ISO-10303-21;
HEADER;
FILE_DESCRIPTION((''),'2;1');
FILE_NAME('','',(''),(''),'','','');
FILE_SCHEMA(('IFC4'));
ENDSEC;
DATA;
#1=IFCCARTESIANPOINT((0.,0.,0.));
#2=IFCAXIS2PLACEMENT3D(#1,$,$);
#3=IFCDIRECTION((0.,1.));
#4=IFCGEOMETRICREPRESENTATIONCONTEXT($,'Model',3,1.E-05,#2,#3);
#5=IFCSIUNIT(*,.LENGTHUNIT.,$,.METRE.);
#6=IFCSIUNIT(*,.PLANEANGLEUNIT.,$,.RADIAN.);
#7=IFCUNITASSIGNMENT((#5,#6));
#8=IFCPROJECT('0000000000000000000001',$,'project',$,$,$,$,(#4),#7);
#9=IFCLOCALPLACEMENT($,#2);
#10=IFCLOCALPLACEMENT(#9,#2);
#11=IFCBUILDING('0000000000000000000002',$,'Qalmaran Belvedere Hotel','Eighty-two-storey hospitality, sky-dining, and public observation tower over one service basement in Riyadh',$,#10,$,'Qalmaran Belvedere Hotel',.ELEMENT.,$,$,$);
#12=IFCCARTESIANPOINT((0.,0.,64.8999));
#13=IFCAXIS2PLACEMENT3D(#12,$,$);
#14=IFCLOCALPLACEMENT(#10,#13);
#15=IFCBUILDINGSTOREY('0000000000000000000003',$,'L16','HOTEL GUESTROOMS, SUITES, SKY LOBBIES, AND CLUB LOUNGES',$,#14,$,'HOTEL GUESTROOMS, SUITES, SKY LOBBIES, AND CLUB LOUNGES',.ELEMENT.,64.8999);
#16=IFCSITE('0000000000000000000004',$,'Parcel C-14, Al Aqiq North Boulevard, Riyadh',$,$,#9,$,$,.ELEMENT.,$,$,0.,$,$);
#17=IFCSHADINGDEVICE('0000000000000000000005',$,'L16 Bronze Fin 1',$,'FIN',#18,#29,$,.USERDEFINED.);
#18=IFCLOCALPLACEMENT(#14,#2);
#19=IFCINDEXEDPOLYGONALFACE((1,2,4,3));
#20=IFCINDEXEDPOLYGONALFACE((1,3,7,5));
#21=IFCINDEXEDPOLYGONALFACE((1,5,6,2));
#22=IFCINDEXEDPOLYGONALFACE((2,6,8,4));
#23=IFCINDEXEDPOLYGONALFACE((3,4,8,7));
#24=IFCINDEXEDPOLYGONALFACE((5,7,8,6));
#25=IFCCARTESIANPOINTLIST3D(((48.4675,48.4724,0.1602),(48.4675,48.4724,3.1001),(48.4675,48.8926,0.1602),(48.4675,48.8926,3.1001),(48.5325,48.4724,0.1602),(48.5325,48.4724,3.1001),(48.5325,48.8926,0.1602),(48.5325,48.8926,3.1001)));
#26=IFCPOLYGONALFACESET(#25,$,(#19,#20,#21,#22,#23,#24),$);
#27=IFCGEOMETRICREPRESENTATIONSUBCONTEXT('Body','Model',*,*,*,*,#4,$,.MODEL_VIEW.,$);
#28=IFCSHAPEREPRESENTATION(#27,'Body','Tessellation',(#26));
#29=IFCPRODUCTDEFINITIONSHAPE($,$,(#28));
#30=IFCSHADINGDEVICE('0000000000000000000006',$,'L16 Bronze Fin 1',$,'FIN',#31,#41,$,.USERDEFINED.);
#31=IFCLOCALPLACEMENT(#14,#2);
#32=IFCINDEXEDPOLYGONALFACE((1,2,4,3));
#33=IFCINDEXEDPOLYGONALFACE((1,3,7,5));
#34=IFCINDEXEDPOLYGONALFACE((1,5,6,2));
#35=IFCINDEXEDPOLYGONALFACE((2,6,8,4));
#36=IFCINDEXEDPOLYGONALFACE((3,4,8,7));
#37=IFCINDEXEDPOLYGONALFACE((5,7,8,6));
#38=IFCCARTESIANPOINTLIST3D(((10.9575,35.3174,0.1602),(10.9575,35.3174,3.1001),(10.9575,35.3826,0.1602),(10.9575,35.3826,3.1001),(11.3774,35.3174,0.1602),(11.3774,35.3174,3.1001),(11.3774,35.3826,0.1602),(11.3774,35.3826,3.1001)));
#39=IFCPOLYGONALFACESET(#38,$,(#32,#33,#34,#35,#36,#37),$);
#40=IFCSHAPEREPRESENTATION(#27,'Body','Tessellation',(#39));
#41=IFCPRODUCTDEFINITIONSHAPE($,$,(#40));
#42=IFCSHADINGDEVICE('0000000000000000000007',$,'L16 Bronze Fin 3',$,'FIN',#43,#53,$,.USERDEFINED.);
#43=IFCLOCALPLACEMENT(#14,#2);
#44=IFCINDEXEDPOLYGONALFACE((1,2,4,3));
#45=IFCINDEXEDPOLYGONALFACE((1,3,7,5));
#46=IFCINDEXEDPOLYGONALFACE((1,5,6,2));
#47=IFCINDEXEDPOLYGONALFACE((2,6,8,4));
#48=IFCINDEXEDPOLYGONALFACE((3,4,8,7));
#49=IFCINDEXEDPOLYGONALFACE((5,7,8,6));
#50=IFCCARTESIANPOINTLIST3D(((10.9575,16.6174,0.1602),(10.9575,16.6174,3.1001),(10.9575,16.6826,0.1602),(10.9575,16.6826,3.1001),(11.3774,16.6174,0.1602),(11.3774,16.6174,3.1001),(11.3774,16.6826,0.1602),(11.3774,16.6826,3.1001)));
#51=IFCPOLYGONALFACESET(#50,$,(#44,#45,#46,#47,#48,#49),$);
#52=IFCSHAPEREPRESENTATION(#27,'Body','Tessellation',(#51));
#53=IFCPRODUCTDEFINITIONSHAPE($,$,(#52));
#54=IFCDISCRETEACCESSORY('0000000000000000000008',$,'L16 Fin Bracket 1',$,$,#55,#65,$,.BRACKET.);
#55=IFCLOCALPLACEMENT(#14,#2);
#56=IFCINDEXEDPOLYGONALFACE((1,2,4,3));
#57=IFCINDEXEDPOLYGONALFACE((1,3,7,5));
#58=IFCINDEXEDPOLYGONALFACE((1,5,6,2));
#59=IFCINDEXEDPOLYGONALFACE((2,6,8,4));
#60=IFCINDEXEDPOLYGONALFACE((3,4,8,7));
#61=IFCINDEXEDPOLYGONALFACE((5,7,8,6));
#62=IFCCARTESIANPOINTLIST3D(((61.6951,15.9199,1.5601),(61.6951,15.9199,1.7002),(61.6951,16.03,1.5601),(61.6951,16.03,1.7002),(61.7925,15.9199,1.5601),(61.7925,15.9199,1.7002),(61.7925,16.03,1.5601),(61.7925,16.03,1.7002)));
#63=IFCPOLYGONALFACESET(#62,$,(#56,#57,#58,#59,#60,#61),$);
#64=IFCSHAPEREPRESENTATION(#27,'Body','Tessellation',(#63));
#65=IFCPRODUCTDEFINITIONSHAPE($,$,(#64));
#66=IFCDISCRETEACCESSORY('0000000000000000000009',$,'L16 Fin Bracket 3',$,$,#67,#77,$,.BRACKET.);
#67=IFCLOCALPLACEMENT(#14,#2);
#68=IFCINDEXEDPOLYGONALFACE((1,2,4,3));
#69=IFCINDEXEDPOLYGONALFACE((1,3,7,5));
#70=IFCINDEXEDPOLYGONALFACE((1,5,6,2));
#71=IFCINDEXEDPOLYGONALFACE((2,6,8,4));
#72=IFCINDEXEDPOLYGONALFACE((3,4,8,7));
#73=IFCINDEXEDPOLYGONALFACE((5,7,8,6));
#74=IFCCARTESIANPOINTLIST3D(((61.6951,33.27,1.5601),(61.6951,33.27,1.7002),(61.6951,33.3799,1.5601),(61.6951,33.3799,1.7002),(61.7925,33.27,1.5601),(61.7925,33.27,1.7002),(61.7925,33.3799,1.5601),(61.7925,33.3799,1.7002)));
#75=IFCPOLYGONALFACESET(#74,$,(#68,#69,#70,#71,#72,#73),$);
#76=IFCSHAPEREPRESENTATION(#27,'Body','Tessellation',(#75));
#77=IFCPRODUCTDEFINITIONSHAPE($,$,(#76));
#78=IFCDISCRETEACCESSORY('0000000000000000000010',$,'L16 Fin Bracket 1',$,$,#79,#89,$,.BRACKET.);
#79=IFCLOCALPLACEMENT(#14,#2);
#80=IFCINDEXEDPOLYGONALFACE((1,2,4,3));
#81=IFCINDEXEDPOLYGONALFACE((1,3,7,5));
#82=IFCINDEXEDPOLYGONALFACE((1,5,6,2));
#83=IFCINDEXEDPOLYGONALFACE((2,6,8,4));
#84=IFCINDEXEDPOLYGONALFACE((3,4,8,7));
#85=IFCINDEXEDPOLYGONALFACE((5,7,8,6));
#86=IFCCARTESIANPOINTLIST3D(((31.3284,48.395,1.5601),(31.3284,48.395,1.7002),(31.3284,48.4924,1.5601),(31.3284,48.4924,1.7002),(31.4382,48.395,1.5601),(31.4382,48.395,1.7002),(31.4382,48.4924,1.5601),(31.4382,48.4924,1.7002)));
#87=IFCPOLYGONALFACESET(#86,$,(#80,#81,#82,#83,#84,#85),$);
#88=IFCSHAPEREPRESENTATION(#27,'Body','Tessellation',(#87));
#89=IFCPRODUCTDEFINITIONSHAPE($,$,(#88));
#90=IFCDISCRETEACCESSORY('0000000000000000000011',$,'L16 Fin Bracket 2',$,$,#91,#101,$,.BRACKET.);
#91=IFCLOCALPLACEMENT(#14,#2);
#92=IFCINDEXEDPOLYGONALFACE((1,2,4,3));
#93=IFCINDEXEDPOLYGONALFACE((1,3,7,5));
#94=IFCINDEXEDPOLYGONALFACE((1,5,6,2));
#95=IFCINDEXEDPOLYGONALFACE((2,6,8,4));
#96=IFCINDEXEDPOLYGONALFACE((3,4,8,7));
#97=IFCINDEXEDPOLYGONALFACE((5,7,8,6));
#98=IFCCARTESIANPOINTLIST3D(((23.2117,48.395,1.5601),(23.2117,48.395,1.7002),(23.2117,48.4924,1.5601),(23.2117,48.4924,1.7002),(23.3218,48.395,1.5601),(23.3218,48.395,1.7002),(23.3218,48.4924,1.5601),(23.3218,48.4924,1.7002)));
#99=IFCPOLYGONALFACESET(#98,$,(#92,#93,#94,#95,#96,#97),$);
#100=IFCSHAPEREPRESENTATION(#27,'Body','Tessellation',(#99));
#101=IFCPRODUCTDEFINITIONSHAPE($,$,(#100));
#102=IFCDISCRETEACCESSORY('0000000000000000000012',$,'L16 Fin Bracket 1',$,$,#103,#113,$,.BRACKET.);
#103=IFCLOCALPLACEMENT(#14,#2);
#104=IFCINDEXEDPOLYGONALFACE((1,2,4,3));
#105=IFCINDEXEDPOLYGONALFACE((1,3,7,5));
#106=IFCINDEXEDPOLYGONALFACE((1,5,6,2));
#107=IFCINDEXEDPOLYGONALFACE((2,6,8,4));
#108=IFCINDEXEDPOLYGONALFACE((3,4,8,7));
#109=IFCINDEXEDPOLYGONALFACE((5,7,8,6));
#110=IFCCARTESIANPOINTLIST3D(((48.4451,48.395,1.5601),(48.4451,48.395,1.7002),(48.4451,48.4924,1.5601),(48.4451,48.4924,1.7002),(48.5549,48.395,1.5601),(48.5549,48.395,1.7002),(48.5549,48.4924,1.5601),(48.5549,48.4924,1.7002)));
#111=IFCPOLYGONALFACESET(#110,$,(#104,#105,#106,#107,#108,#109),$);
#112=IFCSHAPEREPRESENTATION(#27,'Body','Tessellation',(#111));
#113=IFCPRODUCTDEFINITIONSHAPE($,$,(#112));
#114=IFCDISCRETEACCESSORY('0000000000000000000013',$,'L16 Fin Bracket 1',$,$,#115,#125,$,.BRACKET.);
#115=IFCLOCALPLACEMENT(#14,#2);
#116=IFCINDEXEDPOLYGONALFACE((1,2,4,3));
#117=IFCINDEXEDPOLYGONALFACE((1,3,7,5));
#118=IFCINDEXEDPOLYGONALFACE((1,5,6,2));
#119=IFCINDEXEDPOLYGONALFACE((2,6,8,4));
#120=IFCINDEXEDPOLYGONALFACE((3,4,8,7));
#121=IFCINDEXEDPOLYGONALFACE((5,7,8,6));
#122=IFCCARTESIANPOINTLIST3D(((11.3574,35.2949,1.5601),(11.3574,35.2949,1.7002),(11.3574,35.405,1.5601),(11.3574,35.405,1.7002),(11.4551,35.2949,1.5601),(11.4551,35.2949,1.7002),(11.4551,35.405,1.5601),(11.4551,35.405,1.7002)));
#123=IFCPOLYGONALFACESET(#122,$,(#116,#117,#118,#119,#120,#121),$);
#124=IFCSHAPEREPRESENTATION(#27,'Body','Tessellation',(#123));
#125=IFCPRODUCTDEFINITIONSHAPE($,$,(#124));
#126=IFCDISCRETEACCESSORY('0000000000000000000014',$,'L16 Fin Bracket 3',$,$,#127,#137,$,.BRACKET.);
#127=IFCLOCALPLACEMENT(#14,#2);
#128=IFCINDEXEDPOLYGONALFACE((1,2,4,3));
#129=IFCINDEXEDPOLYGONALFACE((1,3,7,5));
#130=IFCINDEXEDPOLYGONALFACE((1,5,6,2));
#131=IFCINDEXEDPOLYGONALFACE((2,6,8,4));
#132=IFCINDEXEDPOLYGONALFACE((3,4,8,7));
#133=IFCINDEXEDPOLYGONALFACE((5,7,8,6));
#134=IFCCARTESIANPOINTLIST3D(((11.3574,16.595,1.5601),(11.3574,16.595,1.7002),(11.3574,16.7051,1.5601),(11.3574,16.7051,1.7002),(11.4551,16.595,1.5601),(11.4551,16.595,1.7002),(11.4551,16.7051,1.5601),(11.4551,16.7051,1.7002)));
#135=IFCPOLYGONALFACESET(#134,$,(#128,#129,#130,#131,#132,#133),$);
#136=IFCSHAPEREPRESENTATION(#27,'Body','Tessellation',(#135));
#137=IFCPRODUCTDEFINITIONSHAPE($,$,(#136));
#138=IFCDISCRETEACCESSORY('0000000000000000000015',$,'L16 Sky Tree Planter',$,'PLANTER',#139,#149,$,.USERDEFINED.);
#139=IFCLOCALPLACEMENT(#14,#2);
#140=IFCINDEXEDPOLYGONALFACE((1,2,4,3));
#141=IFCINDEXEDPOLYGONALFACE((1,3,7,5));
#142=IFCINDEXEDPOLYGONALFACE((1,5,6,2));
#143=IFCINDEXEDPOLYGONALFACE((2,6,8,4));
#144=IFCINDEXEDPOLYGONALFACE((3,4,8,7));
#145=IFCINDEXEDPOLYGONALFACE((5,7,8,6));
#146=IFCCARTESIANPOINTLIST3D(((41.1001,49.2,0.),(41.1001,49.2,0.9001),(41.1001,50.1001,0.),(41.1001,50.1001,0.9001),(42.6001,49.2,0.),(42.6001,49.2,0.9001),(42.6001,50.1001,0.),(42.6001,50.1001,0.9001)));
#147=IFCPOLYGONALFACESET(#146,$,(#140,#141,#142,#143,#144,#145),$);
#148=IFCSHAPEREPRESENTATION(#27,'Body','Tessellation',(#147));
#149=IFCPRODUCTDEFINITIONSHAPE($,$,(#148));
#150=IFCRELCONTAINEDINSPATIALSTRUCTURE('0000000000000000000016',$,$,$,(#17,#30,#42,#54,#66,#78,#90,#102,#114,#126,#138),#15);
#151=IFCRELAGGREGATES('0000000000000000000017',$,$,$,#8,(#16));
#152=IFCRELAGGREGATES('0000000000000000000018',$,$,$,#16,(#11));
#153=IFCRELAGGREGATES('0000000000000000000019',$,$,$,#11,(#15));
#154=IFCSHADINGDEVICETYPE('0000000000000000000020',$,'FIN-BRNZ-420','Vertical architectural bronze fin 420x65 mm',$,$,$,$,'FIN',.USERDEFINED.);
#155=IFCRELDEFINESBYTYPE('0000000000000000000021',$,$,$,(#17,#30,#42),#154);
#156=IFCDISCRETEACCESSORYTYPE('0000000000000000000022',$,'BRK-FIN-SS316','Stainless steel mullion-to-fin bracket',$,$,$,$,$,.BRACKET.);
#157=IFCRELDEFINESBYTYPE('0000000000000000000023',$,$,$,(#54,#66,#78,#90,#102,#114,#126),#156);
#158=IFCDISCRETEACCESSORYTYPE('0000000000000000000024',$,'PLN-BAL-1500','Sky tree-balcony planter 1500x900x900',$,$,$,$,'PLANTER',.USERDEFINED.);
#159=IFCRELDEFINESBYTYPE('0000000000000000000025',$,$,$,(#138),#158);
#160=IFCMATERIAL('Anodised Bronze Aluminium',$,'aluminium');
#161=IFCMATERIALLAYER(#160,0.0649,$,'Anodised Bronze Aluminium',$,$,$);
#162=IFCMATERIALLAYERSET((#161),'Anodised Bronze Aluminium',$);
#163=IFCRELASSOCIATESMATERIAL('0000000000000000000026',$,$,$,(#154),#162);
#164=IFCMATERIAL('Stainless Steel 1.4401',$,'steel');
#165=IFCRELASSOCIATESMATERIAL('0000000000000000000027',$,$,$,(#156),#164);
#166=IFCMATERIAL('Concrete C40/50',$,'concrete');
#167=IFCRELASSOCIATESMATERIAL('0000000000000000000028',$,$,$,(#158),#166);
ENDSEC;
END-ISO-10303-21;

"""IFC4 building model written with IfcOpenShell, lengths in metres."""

from ifc_helpers import new_model, si_unit, direction, frame, origin, place, context, subcontext, project, spatial, polyline, outline, extrude, material, layer, layer_set, type_object, element, save


model = new_model("IFC4")

# Units and contexts
model_context = context("Model", 3, precision=1e-05, world=origin(), true_north=direction((0.0, 1.0)))
body_context = subcontext(model_context, "Body", "Model", "MODEL_VIEW")
ifc_project = project(units=[si_unit("LENGTHUNIT", "METRE"), si_unit("PLANEANGLEUNIT", "RADIAN")], contexts=[model_context])

# Site, building, storey
site_placement = place(None, origin())
site = spatial("IfcSite", under=ifc_project, at=site_placement, Name="Parcel C-14, Al Aqiq North Boulevard, Riyadh", CompositionType="ELEMENT", RefElevation=0.0)
building_placement = place(site_placement, origin())
building = spatial("IfcBuilding", under=site, at=building_placement, Name="Qalmaran Belvedere Hotel", Description="Eighty-two-storey hospitality, sky-dining, and public observation tower over one service basement in Riyadh", LongName="Qalmaran Belvedere Hotel", CompositionType="ELEMENT")
storey_placement = place(building_placement, frame((0.0, 0.0, 64.8999)))
storey = spatial("IfcBuildingStorey", under=building, at=storey_placement, Name="L16", Description="HOTEL GUESTROOMS, SUITES, SKY LOBBIES, AND CLUB LOUNGES", LongName="HOTEL GUESTROOMS, SUITES, SKY LOBBIES, AND CLUB LOUNGES", CompositionType="ELEMENT", Elevation=64.8999)

# Shared definitions
ifc_material_1 = material(Name="Anodised Bronze Aluminium", Category="aluminium")

# Shared definitions
ifc_material_2 = material(Name="Concrete C40/50", Category="concrete")

# Shading devices
ifc_layer_1 = layer(ifc_material_1, 0.0649, Name="Anodised Bronze Aluminium")
ifc_layer_set_1 = layer_set([ifc_layer_1], Name="Anodised Bronze Aluminium")
shading_device_type = type_object("IfcShadingDeviceType", Name="FIN-BRNZ-420", Description="Vertical architectural bronze fin 420x65 mm", ElementType="FIN", PredefinedType="USERDEFINED", material=ifc_layer_set_1)
shading_device_1_placement = place(storey_placement, frame((0.0, 0.0, 0.1602)))
element("IfcShadingDevice", 1, at=shading_device_1_placement, inside=storey, type_object=shading_device_type, Name="L16 Bronze Fin 1", ObjectType="FIN", PredefinedType="USERDEFINED", context=body_context, shape_type="SweptSolid", body=[
    extrude(outline(polyline([(48.5325, 48.4724), (48.5325, 48.8926), (48.4675, 48.8926), (48.4675, 48.4724), (48.5325, 48.4724)])), origin(), (0.0, 0.0, 1.0), 2.9399),
])
shading_device_2_placement = place(storey_placement, frame((0.0, 0.0, 0.1602)))
element("IfcShadingDevice", 2, at=shading_device_2_placement, inside=storey, type_object=shading_device_type, Name="L16 Bronze Fin 1", ObjectType="FIN", PredefinedType="USERDEFINED", context=body_context, shape_type="SweptSolid", body=[
    extrude(outline(polyline([(11.3774, 35.3826), (10.9575, 35.3826), (10.9575, 35.3174), (11.3774, 35.3174), (11.3774, 35.3826)])), origin(), (0.0, 0.0, 1.0), 2.9399),
])
shading_device_3_placement = place(storey_placement, frame((0.0, 0.0, 0.1602)))
element("IfcShadingDevice", 3, at=shading_device_3_placement, inside=storey, type_object=shading_device_type, Name="L16 Bronze Fin 3", ObjectType="FIN", PredefinedType="USERDEFINED", context=body_context, shape_type="SweptSolid", body=[
    extrude(outline(polyline([(11.3774, 16.6826), (10.9575, 16.6826), (10.9575, 16.6174), (11.3774, 16.6174), (11.3774, 16.6826)])), origin(), (0.0, 0.0, 1.0), 2.9399),
])

# Discrete accessories
ifc_material_3 = material(Name="Stainless Steel 1.4401", Category="steel")
discrete_accessory_type_1 = type_object("IfcDiscreteAccessoryType", Name="BRK-FIN-SS316", Description="Stainless steel mullion-to-fin bracket", PredefinedType="BRACKET", material=ifc_material_3)
discrete_accessory_1_placement = place(storey_placement, frame((0.0, 0.0, 1.5601)))
element("IfcDiscreteAccessory", 4, at=discrete_accessory_1_placement, inside=storey, type_object=discrete_accessory_type_1, Name="L16 Fin Bracket 1", PredefinedType="BRACKET", context=body_context, shape_type="SweptSolid", body=[
    extrude(outline(polyline([(61.6951, 15.9199), (61.7925, 15.9199), (61.7925, 16.03), (61.6951, 16.03), (61.6951, 15.9199)])), origin(), (0.0, 0.0, 1.0), 0.1401),
])
discrete_accessory_2_placement = place(storey_placement, frame((0.0, 0.0, 1.5601)))
element("IfcDiscreteAccessory", 5, at=discrete_accessory_2_placement, inside=storey, type_object=discrete_accessory_type_1, Name="L16 Fin Bracket 3", PredefinedType="BRACKET", context=body_context, shape_type="SweptSolid", body=[
    extrude(outline(polyline([(61.6951, 33.27), (61.7925, 33.27), (61.7925, 33.3799), (61.6951, 33.3799), (61.6951, 33.27)])), origin(), (0.0, 0.0, 1.0), 0.1401),
])
discrete_accessory_3_placement = place(storey_placement, frame((0.0, 0.0, 1.5601)))
element("IfcDiscreteAccessory", 6, at=discrete_accessory_3_placement, inside=storey, type_object=discrete_accessory_type_1, Name="L16 Fin Bracket 1", PredefinedType="BRACKET", context=body_context, shape_type="SweptSolid", body=[
    extrude(outline(polyline([(31.4382, 48.395), (31.4382, 48.4924), (31.3284, 48.4924), (31.3284, 48.395), (31.4382, 48.395)])), origin(), (0.0, 0.0, 1.0), 0.1401),
])
discrete_accessory_4_placement = place(storey_placement, frame((0.0, 0.0, 1.5601)))
element("IfcDiscreteAccessory", 7, at=discrete_accessory_4_placement, inside=storey, type_object=discrete_accessory_type_1, Name="L16 Fin Bracket 2", PredefinedType="BRACKET", context=body_context, shape_type="SweptSolid", body=[
    extrude(outline(polyline([(23.3218, 48.395), (23.3218, 48.4924), (23.2117, 48.4924), (23.2117, 48.395), (23.3218, 48.395)])), origin(), (0.0, 0.0, 1.0), 0.1401),
])
discrete_accessory_5_placement = place(storey_placement, frame((0.0, 0.0, 1.5601)))
element("IfcDiscreteAccessory", 8, at=discrete_accessory_5_placement, inside=storey, type_object=discrete_accessory_type_1, Name="L16 Fin Bracket 1", PredefinedType="BRACKET", context=body_context, shape_type="SweptSolid", body=[
    extrude(outline(polyline([(48.5549, 48.395), (48.5549, 48.4924), (48.4451, 48.4924), (48.4451, 48.395), (48.5549, 48.395)])), origin(), (0.0, 0.0, 1.0), 0.1401),
])
discrete_accessory_6_placement = place(storey_placement, frame((0.0, 0.0, 1.5601)))
element("IfcDiscreteAccessory", 9, at=discrete_accessory_6_placement, inside=storey, type_object=discrete_accessory_type_1, Name="L16 Fin Bracket 1", PredefinedType="BRACKET", context=body_context, shape_type="SweptSolid", body=[
    extrude(outline(polyline([(11.4551, 35.405), (11.3574, 35.405), (11.3574, 35.2949), (11.4551, 35.2949), (11.4551, 35.405)])), origin(), (0.0, 0.0, 1.0), 0.1401),
])
discrete_accessory_7_placement = place(storey_placement, frame((0.0, 0.0, 1.5601)))
element("IfcDiscreteAccessory", 10, at=discrete_accessory_7_placement, inside=storey, type_object=discrete_accessory_type_1, Name="L16 Fin Bracket 3", PredefinedType="BRACKET", context=body_context, shape_type="SweptSolid", body=[
    extrude(outline(polyline([(11.4551, 16.7051), (11.3574, 16.7051), (11.3574, 16.595), (11.4551, 16.595), (11.4551, 16.7051)])), origin(), (0.0, 0.0, 1.0), 0.1401),
])
discrete_accessory_type_2 = type_object("IfcDiscreteAccessoryType", Name="PLN-BAL-1500", Description="Sky tree-balcony planter 1500x900x900", ElementType="PLANTER", PredefinedType="USERDEFINED", material=ifc_material_2)
discrete_accessory_8_placement = place(storey_placement, origin())
element("IfcDiscreteAccessory", 11, at=discrete_accessory_8_placement, inside=storey, type_object=discrete_accessory_type_2, Name="L16 Sky Tree Planter", ObjectType="PLANTER", PredefinedType="USERDEFINED", context=body_context, shape_type="SweptSolid", body=[
    extrude(outline(polyline([(41.1001, 49.2), (42.6001, 49.2), (42.6001, 50.1001), (41.1001, 50.1001), (41.1001, 49.2)])), origin(), (0.0, 0.0, 1.0), 0.9001),
])

save(model, "model.ifc")
